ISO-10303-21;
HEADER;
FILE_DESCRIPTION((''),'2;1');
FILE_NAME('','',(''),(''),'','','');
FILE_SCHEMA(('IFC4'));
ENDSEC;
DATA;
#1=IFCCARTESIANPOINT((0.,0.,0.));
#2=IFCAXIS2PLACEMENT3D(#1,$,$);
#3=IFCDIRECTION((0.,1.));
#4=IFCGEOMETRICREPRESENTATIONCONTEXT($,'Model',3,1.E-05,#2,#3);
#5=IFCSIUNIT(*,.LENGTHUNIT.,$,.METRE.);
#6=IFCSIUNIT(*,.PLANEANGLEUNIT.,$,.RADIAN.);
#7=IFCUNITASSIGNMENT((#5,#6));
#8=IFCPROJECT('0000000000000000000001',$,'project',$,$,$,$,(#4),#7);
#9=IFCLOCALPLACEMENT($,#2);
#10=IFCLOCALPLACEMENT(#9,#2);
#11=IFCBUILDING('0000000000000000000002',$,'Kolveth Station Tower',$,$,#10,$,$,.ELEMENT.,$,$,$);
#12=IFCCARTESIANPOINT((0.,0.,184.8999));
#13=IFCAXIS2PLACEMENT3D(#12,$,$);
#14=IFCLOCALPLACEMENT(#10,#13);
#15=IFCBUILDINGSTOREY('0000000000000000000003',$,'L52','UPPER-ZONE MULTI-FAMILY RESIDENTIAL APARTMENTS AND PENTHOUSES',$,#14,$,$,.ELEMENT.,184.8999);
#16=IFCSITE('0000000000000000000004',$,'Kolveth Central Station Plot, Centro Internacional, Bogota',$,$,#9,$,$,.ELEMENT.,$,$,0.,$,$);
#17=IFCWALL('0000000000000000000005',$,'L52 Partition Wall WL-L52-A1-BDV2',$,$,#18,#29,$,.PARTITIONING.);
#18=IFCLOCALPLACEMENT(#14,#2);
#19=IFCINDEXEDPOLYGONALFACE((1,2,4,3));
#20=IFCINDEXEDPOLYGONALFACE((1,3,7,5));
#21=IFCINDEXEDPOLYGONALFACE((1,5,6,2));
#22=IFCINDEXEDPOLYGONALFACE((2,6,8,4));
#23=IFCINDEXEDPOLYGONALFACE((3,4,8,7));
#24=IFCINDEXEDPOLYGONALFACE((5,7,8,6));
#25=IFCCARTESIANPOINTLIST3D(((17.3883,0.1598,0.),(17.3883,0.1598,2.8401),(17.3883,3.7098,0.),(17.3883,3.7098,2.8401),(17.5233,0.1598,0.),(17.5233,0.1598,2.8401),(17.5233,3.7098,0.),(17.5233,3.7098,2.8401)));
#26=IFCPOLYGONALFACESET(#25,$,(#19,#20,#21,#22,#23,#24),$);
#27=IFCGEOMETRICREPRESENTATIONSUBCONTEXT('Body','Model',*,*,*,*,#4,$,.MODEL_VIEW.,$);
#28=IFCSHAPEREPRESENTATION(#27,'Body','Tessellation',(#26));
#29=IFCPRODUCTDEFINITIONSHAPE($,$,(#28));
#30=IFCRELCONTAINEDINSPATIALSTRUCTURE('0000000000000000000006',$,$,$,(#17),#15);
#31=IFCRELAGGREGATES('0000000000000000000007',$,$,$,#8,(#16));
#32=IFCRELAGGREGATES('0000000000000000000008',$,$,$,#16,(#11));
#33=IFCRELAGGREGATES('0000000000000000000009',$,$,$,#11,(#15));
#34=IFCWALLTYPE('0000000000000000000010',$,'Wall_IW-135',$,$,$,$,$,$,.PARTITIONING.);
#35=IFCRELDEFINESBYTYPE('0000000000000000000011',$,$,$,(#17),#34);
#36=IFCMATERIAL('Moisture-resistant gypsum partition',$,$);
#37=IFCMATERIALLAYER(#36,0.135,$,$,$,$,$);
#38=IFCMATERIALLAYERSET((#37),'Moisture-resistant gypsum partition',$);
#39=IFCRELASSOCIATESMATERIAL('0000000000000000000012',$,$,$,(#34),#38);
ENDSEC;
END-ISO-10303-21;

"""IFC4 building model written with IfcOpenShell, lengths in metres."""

from ifc_helpers import new_model, si_unit, direction, frame, frame_2d, origin, place, context, subcontext, project, spatial, rectangle, extrude, material, layer, layer_set, type_object, element, save


model = new_model("IFC4")

# Units and contexts
model_context = context("Model", 3, precision=1e-05, world=origin(), true_north=direction((0.0, 1.0)))
body_context = subcontext(model_context, "Body", "Model", "MODEL_VIEW")
ifc_project = project(units=[si_unit("LENGTHUNIT", "METRE"), si_unit("PLANEANGLEUNIT", "RADIAN")], contexts=[model_context])

# Site, building, storey
site_placement = place(None, origin())
site = spatial("IfcSite", under=ifc_project, at=site_placement, Name="Kolveth Central Station Plot, Centro Internacional, Bogota", CompositionType="ELEMENT", RefElevation=0.0)
building_placement = place(site_placement, origin())
building = spatial("IfcBuilding", under=site, at=building_placement, Name="Kolveth Station Tower", CompositionType="ELEMENT")
storey_placement = place(building_placement, frame((0.0, 0.0, 184.8999)))
storey = spatial("IfcBuildingStorey", under=building, at=storey_placement, Name="L52", Description="UPPER-ZONE MULTI-FAMILY RESIDENTIAL APARTMENTS AND PENTHOUSES", CompositionType="ELEMENT", Elevation=184.8999)

# Shared definitions
ifc_material_1 = material(Name="Moisture-resistant gypsum partition")
ifc_layer = layer(ifc_material_1, 0.135)
ifc_layer_set = layer_set([ifc_layer], Name="Moisture-resistant gypsum partition")
wall_type = type_object("IfcWallType", Name="Wall_IW-135", PredefinedType="PARTITIONING", material=ifc_layer_set)

# Wall
wall_1_placement = place(storey_placement, frame((17.4558, 0.1599, 0.0), z_axis=(0.0, 0.0, 1.0), x_axis=(0.0, 1.0, 0.0)))
element("IfcWall", 1, at=wall_1_placement, inside=storey, type_object=wall_type, Name="L52 Partition Wall WL-L52-A1-BDV2", PredefinedType="PARTITIONING", context=body_context, shape_type="SweptSolid", body=[
    extrude(rectangle(XDim=3.55, YDim=0.135, at=frame_2d((1.7749, 0.0))), origin(), (0.0, 0.0, 1.0), 2.8401),
])

save(model, "model.ifc")
